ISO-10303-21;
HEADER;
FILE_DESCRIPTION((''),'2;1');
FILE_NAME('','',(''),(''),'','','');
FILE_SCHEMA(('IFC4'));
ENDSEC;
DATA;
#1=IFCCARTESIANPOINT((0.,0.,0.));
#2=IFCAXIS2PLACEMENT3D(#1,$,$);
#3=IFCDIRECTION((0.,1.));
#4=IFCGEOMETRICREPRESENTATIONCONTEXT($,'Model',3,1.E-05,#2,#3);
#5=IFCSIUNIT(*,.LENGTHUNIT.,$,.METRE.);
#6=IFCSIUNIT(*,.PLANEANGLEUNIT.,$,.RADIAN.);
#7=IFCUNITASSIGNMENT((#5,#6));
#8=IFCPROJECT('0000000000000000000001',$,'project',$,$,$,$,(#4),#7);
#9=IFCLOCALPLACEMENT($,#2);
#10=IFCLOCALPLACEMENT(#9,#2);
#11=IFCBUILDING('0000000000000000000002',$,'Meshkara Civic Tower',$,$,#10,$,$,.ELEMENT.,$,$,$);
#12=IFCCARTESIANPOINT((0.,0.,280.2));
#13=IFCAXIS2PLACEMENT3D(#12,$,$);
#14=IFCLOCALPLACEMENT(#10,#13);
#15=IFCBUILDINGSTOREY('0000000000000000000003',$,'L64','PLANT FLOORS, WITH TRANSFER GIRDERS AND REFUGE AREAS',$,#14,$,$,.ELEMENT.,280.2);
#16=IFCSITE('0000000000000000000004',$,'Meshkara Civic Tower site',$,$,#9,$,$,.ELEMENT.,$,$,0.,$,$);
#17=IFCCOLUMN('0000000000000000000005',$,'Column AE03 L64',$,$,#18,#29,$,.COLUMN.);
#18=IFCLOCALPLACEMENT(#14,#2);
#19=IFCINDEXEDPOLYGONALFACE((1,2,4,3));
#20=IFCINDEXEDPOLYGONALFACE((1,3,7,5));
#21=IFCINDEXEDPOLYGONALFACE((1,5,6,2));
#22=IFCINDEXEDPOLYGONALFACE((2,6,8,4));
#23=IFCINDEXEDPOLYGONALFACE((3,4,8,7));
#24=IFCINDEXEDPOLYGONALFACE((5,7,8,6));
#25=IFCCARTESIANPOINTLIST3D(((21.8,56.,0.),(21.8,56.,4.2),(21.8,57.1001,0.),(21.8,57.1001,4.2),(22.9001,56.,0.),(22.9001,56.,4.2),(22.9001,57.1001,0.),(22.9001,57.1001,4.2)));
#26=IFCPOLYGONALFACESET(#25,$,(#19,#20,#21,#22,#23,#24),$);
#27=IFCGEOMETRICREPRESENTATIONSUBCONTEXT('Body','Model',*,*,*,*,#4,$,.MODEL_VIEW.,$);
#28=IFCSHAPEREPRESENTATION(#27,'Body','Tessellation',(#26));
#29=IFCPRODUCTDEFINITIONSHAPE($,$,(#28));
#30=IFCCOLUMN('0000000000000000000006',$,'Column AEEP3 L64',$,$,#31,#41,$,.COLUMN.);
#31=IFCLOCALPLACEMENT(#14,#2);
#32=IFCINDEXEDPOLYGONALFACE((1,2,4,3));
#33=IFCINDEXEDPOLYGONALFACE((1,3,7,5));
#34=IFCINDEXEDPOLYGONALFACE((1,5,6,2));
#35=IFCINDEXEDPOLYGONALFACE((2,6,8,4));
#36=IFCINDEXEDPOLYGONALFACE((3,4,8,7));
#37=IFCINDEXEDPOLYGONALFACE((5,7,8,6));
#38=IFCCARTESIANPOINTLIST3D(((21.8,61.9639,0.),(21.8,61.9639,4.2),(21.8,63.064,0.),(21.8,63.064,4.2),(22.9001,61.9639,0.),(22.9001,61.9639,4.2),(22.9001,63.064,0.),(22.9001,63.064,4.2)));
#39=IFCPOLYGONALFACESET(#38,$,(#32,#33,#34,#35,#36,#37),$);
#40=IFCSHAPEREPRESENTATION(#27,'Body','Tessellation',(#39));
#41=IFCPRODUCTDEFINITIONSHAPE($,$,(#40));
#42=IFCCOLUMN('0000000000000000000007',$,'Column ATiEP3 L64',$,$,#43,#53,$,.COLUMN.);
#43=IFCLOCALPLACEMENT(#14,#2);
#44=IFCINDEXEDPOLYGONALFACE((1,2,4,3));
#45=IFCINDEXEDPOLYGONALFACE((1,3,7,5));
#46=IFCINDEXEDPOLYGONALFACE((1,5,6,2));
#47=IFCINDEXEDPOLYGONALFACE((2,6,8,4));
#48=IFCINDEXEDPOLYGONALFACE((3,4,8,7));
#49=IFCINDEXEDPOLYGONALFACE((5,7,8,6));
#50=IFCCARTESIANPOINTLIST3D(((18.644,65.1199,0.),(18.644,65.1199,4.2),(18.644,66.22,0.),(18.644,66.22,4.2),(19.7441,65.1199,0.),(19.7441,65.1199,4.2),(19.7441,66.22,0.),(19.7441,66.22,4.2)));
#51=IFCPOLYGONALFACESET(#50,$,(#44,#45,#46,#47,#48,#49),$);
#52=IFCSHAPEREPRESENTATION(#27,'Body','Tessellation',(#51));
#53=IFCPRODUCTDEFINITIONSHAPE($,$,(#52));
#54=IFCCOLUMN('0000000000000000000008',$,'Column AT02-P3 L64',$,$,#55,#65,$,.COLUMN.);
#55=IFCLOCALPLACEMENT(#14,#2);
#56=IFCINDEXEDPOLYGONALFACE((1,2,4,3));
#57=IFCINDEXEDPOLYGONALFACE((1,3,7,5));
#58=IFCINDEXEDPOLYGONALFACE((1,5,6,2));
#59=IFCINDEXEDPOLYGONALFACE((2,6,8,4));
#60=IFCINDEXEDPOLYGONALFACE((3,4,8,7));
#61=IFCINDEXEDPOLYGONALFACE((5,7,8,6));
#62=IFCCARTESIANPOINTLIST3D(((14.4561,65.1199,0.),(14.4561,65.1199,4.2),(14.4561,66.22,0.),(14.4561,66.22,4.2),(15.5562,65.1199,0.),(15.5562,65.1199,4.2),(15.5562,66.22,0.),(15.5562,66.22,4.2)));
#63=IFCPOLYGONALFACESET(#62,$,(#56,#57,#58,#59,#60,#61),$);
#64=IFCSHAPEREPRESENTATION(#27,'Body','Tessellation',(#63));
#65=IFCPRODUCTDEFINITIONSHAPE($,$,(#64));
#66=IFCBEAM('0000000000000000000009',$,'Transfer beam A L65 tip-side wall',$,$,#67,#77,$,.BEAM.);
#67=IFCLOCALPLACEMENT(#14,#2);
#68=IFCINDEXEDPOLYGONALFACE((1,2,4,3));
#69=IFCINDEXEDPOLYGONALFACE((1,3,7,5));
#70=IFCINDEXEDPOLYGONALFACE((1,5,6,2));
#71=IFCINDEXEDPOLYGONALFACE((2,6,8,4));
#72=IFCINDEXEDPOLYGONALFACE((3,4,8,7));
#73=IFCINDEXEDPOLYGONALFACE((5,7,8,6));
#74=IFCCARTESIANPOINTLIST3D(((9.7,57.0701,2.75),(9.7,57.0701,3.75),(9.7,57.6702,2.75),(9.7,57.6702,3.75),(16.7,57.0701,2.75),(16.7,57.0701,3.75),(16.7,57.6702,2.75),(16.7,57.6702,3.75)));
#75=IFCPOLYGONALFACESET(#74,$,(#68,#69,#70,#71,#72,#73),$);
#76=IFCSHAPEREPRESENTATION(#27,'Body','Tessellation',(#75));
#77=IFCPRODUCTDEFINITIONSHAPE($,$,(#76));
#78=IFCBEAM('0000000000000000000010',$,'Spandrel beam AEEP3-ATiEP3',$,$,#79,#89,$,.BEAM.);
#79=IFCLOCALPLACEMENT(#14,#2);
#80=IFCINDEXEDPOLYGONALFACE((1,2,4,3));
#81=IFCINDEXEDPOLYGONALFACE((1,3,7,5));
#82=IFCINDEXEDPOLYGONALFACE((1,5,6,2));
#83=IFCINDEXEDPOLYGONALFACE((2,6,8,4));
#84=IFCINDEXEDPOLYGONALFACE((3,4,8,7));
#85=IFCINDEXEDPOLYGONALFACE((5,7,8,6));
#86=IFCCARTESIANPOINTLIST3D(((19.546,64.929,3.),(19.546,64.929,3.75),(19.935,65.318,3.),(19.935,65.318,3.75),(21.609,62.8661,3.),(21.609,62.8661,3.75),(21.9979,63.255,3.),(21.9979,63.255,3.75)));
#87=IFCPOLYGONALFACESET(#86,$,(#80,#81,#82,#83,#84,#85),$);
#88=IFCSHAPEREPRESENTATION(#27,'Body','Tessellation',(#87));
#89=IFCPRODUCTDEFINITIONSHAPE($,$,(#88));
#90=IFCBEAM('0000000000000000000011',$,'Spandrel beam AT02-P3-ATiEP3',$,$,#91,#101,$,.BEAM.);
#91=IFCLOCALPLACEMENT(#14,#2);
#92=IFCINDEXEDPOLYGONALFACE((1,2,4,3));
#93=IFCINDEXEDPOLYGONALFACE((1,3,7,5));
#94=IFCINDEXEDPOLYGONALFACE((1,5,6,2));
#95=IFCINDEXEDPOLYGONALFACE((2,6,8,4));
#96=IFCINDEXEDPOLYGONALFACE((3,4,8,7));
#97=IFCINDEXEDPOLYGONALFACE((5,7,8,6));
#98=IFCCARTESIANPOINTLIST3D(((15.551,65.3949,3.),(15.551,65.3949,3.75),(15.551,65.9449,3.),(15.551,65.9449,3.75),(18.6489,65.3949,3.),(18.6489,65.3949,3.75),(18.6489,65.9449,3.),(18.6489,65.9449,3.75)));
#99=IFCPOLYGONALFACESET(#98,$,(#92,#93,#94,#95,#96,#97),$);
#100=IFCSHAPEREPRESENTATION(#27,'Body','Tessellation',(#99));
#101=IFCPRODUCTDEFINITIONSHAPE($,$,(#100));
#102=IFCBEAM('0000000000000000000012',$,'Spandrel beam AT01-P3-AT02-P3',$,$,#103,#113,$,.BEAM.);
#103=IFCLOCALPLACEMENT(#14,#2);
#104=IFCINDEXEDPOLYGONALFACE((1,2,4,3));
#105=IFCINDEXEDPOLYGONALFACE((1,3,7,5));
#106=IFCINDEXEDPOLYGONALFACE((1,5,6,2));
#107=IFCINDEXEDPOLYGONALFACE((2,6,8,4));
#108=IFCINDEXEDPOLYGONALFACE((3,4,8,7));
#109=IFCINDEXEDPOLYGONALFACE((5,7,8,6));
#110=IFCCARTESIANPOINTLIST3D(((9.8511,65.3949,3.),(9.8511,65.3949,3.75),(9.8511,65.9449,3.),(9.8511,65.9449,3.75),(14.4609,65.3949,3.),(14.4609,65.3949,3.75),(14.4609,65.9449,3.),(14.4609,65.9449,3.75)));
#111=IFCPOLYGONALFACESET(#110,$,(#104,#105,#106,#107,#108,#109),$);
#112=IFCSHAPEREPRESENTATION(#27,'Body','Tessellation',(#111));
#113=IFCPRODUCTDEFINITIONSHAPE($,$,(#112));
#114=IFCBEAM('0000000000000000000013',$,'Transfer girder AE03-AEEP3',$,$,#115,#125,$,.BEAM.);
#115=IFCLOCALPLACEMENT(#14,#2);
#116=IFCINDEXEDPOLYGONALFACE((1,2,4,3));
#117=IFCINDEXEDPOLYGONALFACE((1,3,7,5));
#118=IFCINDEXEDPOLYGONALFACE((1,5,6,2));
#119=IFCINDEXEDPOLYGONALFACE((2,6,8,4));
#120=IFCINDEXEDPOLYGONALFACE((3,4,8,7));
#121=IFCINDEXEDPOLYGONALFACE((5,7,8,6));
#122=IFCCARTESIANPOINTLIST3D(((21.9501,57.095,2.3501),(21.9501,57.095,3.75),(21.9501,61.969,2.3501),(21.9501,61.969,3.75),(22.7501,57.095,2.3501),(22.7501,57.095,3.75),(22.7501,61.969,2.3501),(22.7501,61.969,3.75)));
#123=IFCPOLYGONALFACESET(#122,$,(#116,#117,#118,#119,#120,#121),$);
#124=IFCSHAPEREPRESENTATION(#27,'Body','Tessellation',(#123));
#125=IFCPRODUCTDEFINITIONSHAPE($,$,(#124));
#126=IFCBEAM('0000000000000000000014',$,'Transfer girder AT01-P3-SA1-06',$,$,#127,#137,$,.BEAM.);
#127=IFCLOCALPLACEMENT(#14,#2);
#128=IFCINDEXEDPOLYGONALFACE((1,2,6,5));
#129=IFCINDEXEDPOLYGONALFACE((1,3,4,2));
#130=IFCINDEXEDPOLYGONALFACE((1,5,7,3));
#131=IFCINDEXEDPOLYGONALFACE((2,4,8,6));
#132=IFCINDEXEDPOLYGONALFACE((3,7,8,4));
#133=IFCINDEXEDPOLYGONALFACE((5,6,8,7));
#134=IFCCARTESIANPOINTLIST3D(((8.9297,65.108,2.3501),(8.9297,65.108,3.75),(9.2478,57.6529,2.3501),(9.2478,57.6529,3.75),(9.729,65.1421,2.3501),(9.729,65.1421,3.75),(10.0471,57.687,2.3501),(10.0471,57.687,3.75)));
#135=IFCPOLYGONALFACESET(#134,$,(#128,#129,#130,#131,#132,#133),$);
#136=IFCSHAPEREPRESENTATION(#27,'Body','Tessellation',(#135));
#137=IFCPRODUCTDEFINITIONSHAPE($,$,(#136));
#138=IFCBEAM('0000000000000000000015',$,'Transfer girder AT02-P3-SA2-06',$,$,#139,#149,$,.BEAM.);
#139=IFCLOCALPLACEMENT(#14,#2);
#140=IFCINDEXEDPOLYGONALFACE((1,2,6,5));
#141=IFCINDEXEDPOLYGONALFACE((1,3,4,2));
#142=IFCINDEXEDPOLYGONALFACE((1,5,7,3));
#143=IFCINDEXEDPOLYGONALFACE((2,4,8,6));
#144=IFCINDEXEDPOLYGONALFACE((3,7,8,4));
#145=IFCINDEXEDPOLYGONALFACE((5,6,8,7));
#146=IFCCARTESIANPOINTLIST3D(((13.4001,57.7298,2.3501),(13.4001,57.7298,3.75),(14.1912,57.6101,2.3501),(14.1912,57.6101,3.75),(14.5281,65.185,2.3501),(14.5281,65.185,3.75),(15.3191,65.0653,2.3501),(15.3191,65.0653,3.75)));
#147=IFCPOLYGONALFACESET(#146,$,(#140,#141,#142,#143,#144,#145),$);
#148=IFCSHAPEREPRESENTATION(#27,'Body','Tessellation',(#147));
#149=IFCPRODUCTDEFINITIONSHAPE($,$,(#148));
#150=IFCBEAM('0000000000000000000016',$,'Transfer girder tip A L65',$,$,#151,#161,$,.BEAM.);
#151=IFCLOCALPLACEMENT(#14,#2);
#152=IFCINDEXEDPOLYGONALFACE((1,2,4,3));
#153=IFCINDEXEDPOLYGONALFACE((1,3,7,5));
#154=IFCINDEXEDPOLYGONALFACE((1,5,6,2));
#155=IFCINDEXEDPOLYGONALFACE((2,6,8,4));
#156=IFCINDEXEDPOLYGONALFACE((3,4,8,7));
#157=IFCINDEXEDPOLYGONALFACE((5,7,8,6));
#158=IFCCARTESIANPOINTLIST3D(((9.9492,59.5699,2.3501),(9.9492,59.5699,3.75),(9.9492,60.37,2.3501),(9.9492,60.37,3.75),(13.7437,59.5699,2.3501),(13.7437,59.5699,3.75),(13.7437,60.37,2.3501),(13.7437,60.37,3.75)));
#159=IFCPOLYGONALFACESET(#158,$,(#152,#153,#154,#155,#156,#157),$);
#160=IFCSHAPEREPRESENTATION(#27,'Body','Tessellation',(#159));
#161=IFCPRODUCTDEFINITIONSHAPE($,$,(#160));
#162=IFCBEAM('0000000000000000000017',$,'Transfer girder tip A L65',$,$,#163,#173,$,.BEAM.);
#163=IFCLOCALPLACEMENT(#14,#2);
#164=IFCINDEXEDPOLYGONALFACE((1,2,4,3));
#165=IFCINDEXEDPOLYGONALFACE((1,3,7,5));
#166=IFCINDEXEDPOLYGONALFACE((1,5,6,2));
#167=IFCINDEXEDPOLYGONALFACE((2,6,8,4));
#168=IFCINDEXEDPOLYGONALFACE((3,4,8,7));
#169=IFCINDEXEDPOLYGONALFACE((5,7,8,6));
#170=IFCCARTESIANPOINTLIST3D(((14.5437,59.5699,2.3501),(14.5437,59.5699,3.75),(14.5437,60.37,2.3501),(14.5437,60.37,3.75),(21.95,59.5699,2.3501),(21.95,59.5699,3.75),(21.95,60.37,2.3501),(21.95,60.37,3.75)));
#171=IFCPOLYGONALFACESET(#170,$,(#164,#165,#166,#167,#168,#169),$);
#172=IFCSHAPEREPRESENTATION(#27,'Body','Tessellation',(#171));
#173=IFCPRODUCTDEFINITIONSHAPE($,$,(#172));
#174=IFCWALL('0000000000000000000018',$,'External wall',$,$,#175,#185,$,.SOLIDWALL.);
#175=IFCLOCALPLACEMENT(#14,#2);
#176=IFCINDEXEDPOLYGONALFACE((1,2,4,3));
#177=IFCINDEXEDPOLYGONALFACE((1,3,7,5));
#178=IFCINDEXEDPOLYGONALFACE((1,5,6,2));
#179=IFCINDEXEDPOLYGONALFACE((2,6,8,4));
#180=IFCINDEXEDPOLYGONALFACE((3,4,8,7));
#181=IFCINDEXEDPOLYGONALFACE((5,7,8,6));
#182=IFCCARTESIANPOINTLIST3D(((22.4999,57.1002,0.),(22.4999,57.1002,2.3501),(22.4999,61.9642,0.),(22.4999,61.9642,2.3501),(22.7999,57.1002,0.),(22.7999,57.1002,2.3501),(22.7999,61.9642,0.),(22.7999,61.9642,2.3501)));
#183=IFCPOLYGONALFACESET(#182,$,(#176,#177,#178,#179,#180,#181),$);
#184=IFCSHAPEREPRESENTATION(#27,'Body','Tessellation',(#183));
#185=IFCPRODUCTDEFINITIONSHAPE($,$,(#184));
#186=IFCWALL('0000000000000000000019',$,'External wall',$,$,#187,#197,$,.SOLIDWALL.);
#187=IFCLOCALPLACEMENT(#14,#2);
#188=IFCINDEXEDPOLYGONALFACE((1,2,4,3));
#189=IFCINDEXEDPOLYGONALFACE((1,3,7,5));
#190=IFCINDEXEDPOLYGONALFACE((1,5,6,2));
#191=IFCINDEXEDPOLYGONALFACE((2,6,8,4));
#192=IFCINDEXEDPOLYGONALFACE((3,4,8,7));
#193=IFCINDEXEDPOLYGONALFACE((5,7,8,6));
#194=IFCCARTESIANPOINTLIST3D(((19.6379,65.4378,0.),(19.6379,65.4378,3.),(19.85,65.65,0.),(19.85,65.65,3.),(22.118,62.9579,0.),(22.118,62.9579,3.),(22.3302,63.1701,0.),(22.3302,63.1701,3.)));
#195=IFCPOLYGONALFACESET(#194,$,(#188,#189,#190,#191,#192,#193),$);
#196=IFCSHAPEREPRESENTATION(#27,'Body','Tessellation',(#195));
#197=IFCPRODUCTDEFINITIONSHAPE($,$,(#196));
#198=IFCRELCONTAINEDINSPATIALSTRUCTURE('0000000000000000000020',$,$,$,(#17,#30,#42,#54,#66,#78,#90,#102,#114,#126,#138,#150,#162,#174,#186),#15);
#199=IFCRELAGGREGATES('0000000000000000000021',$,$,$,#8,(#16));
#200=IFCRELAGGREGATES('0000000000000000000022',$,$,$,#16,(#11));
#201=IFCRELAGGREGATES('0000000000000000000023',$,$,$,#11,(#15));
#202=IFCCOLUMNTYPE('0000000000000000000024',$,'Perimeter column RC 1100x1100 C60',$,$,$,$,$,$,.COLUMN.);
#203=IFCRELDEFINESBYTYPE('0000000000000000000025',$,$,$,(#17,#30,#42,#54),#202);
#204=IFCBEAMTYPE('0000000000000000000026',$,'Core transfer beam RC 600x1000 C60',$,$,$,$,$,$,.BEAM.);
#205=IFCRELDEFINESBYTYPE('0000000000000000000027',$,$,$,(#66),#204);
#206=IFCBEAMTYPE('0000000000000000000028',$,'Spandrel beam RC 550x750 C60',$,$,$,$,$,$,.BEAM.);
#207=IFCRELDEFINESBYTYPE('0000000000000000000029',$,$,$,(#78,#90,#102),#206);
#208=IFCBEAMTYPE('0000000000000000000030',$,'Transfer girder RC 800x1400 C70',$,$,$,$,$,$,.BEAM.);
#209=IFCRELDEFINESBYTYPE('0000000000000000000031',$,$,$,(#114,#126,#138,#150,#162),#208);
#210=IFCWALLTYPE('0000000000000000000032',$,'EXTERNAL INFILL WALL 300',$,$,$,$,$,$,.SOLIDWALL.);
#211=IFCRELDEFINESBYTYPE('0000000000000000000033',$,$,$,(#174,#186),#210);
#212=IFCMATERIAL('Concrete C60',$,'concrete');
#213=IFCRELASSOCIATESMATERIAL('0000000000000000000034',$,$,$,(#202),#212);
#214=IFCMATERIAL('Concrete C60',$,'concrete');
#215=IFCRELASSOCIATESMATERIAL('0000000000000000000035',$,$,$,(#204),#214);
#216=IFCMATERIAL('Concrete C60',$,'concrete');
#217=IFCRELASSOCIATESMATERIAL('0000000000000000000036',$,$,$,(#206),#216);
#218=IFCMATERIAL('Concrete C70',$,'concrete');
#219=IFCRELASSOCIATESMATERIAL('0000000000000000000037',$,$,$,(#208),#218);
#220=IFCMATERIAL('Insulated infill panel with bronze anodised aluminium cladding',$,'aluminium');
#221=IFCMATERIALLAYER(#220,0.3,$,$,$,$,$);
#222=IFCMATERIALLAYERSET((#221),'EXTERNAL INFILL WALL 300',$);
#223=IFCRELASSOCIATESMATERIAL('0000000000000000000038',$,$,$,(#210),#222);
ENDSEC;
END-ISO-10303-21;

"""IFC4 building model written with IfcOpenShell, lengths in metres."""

from ifc_helpers import new_model, si_unit, direction, frame, frame_2d, origin, origin_2d, place, context, subcontext, project, spatial, rectangle, extrude, material, layer, layer_set, material_profile, profile_set, type_object, element, save


model = new_model("IFC4")

# Units and contexts
model_context = context("Model", 3, precision=1e-05, world=origin(), true_north=direction((0.0, 1.0)))
body_context = subcontext(model_context, "Body", "Model", "MODEL_VIEW")
ifc_project = project(units=[si_unit("LENGTHUNIT", "METRE"), si_unit("PLANEANGLEUNIT", "RADIAN")], contexts=[model_context])

# Site, building, storey
site_placement = place(None, origin())
site = spatial("IfcSite", under=ifc_project, at=site_placement, Name="Meshkara Civic Tower site", CompositionType="ELEMENT", RefElevation=0.0)
building_placement = place(site_placement, origin())
building = spatial("IfcBuilding", under=site, at=building_placement, Name="Meshkara Civic Tower", CompositionType="ELEMENT")
storey_placement = place(building_placement, frame((0.0, 0.0, 280.2)))
storey = spatial("IfcBuildingStorey", under=building, at=storey_placement, Name="L64", Description="PLANT FLOORS, WITH TRANSFER GIRDERS AND REFUGE AREAS", CompositionType="ELEMENT", Elevation=280.2)

# Columns
ifc_material_1 = material(Name="Concrete C60", Category="concrete")
ifc_material_profile_1 = material_profile(ifc_material_1, rectangle(XDim=1.1001, YDim=1.1001, at=origin_2d()))
ifc_profile_set_1 = profile_set([ifc_material_profile_1], Name="Concrete C60")
column_type = type_object("IfcColumnType", Name="Perimeter column RC 1100x1100 C60", PredefinedType="COLUMN", material=ifc_profile_set_1)
for number, where, z_axis, x_axis, name in (
    (1, (22.3501, 56.55, 0.0), (0.0, 0.0, 1.0), (1.0, 0.0, 0.0), "Column AE03 L64"),
    (2, (22.3501, 62.5139, 0.0), (0.0, 0.0, 1.0), (1.0, 0.0, 0.0), "Column AEEP3 L64"),
    (3, (19.1941, 65.6699, 0.0), (0.0, 0.0, 1.0), (1.0, 0.0, 0.0), "Column ATiEP3 L64"),
    (4, (15.0061, 65.6699, 0.0), (0.0, 0.0, 1.0), (1.0, 0.0, 0.0), "Column AT02-P3 L64"),
):
    element("IfcColumn", number, at=place(storey_placement, frame(where, z_axis=z_axis, x_axis=x_axis)), inside=storey, type_object=column_type, Name=name, PredefinedType="COLUMN", context=body_context, shape_type="SweptSolid", body=[
        extrude(rectangle(XDim=1.1001, YDim=1.1001, at=origin_2d()), origin(), (0.0, 0.0, 1.0), 4.2),
    ])

# Beams
ifc_material_2 = material(Name="Concrete C60", Category="concrete")
ifc_material_profile_2 = material_profile(ifc_material_2, rectangle(XDim=0.6001, YDim=1.0, at=origin_2d()))
ifc_profile_set_2 = profile_set([ifc_material_profile_2], Name="Concrete C60")
beam_type_1 = type_object("IfcBeamType", Name="Core transfer beam RC 600x1000 C60", PredefinedType="BEAM", material=ifc_profile_set_2)
beam_1_placement = place(storey_placement, frame((9.7, 57.3701, 3.25), z_axis=(1.0, 0.0, 0.0), x_axis=(0.0, 1.0, 0.0)))
element("IfcBeam", 5, at=beam_1_placement, inside=storey, type_object=beam_type_1, Name="Transfer beam A L65 tip-side wall", PredefinedType="BEAM", context=body_context, shape_type="SweptSolid", body=[
    extrude(rectangle(XDim=0.6001, YDim=1.0, at=origin_2d()), origin(), (0.0, 0.0, 1.0), 7.0),
])
ifc_material_3 = material(Name="Concrete C60", Category="concrete")
ifc_material_profile_3 = material_profile(ifc_material_3, rectangle(XDim=0.55, YDim=0.75, at=origin_2d()))
ifc_profile_set_3 = profile_set([ifc_material_profile_3], Name="Concrete C60")
beam_type_2 = type_object("IfcBeamType", Name="Spandrel beam RC 550x750 C60", PredefinedType="BEAM", material=ifc_profile_set_3)
beam_2_placement = place(storey_placement, frame((21.8035, 63.0605, 3.375), z_axis=(-0.707107, 0.707107, 0.0), x_axis=(-0.707107, -0.707107, 0.0)))
element("IfcBeam", 6, at=beam_2_placement, inside=storey, type_object=beam_type_2, Name="Spandrel beam AEEP3-ATiEP3", PredefinedType="BEAM", context=body_context, shape_type="SweptSolid", body=[
    extrude(rectangle(XDim=0.55, YDim=0.75, at=origin_2d()), origin(), (0.0, 0.0, 1.0), 2.9175),
])
beam_3_placement = place(storey_placement, frame((18.6489, 65.6699, 3.375), z_axis=(-1.0, 0.0, 0.0), x_axis=(0.0, -1.0, 0.0)))
element("IfcBeam", 7, at=beam_3_placement, inside=storey, type_object=beam_type_2, Name="Spandrel beam AT02-P3-ATiEP3", PredefinedType="BEAM", context=body_context, shape_type="SweptSolid", body=[
    extrude(rectangle(XDim=0.55, YDim=0.75, at=origin_2d()), origin(), (0.0, 0.0, 1.0), 3.0979),
])
beam_4_placement = place(storey_placement, frame((14.4609, 65.6699, 3.375), z_axis=(-1.0, 0.0, 0.0), x_axis=(0.0, -1.0, 0.0)))
element("IfcBeam", 8, at=beam_4_placement, inside=storey, type_object=beam_type_2, Name="Spandrel beam AT01-P3-AT02-P3", PredefinedType="BEAM", context=body_context, shape_type="SweptSolid", body=[
    extrude(rectangle(XDim=0.55, YDim=0.75, at=origin_2d()), origin(), (0.0, 0.0, 1.0), 4.6099),
])
ifc_material_4 = material(Name="Concrete C70", Category="concrete")
ifc_material_profile_4 = material_profile(ifc_material_4, rectangle(XDim=0.8, YDim=1.3999, at=origin_2d()))
ifc_profile_set_4 = profile_set([ifc_material_profile_4], Name="Concrete C70")
beam_type_3 = type_object("IfcBeamType", Name="Transfer girder RC 800x1400 C70", PredefinedType="BEAM", material=ifc_profile_set_4)
beam_5_placement = place(storey_placement, frame((22.3501, 57.095, 3.05), z_axis=(0.0, 1.0, 0.0), x_axis=(-1.0, 0.0, 0.0)))
element("IfcBeam", 9, at=beam_5_placement, inside=storey, type_object=beam_type_3, Name="Transfer girder AE03-AEEP3", PredefinedType="BEAM", context=body_context, shape_type="SweptSolid", body=[
    extrude(rectangle(XDim=0.8, YDim=1.3999, at=origin_2d()), origin(), (0.0, 0.0, 1.0), 4.874),
])
beam_6_placement = place(storey_placement, frame((9.6475, 57.6699, 3.05), z_axis=(-0.042632, 0.999091, 0.0), x_axis=(-0.999091, -0.042632, 0.0)))
element("IfcBeam", 10, at=beam_6_placement, inside=storey, type_object=beam_type_3, Name="Transfer girder AT01-P3-SA1-06", PredefinedType="BEAM", context=body_context, shape_type="SweptSolid", body=[
    extrude(rectangle(XDim=0.8, YDim=1.3999, at=origin_2d()), origin(), (0.0, 0.0, 1.0), 7.4619),
])
beam_7_placement = place(storey_placement, frame((13.7957, 57.6699, 3.05), z_axis=(0.149594, 0.988747, 0.0), x_axis=(-0.988747, 0.149594, 0.0)))
element("IfcBeam", 11, at=beam_7_placement, inside=storey, type_object=beam_type_3, Name="Transfer girder AT02-P3-SA2-06", PredefinedType="BEAM", context=body_context, shape_type="SweptSolid", body=[
    extrude(rectangle(XDim=0.8, YDim=1.3999, at=origin_2d()), origin(), (0.0, 0.0, 1.0), 7.54),
])
beam_8_placement = place(storey_placement, frame((9.9492, 59.97, 3.05), z_axis=(1.0, 0.0, 0.0), x_axis=(0.0, 1.0, 0.0)))
element("IfcBeam", 12, at=beam_8_placement, inside=storey, type_object=beam_type_3, Name="Transfer girder tip A L65", PredefinedType="BEAM", context=body_context, shape_type="SweptSolid", body=[
    extrude(rectangle(XDim=0.8, YDim=1.3999, at=origin_2d()), origin(), (0.0, 0.0, 1.0), 3.7944),
])
beam_9_placement = place(storey_placement, frame((14.5437, 59.97, 3.05), z_axis=(1.0, 0.0, 0.0), x_axis=(0.0, 1.0, 0.0)))
element("IfcBeam", 13, at=beam_9_placement, inside=storey, type_object=beam_type_3, Name="Transfer girder tip A L65", PredefinedType="BEAM", context=body_context, shape_type="SweptSolid", body=[
    extrude(rectangle(XDim=0.8, YDim=1.3999, at=origin_2d()), origin(), (0.0, 0.0, 1.0), 7.4062),
])

# Walls
ifc_material_5 = material(Name="Insulated infill panel with bronze anodised aluminium cladding", Category="aluminium")
ifc_layer_1 = layer(ifc_material_5, 0.3)
ifc_layer_set_1 = layer_set([ifc_layer_1], Name="EXTERNAL INFILL WALL 300")
wall_type_1 = type_object("IfcWallType", Name="EXTERNAL INFILL WALL 300", PredefinedType="SOLIDWALL", material=ifc_layer_set_1)
wall_1_placement = place(storey_placement, frame((22.6499, 57.1001, 0.0), z_axis=(0.0, 0.0, 1.0), x_axis=(0.0, 1.0, 0.0)))
element("IfcWall", 14, at=wall_1_placement, inside=storey, type_object=wall_type_1, Name="External wall", PredefinedType="SOLIDWALL", context=body_context, shape_type="SweptSolid", body=[
    extrude(rectangle(XDim=4.864, YDim=0.3, at=frame_2d((2.4321, 0.0))), origin(), (0.0, 0.0, 1.0), 2.3501),
])
wall_2_placement = place(storey_placement, frame((22.2241, 63.064, 0.0), z_axis=(0.0, 0.0, 1.0), x_axis=(-0.707142, 0.707072, 0.0)))
element("IfcWall", 15, at=wall_2_placement, inside=storey, type_object=wall_type_1, Name="External wall", PredefinedType="SOLIDWALL", context=body_context, shape_type="SweptSolid", body=[
    extrude(rectangle(XDim=3.5073, YDim=0.3, at=frame_2d((1.7537, 0.0))), origin(), (0.0, 0.0, 1.0), 3.0),
])

save(model, "model.ifc")
